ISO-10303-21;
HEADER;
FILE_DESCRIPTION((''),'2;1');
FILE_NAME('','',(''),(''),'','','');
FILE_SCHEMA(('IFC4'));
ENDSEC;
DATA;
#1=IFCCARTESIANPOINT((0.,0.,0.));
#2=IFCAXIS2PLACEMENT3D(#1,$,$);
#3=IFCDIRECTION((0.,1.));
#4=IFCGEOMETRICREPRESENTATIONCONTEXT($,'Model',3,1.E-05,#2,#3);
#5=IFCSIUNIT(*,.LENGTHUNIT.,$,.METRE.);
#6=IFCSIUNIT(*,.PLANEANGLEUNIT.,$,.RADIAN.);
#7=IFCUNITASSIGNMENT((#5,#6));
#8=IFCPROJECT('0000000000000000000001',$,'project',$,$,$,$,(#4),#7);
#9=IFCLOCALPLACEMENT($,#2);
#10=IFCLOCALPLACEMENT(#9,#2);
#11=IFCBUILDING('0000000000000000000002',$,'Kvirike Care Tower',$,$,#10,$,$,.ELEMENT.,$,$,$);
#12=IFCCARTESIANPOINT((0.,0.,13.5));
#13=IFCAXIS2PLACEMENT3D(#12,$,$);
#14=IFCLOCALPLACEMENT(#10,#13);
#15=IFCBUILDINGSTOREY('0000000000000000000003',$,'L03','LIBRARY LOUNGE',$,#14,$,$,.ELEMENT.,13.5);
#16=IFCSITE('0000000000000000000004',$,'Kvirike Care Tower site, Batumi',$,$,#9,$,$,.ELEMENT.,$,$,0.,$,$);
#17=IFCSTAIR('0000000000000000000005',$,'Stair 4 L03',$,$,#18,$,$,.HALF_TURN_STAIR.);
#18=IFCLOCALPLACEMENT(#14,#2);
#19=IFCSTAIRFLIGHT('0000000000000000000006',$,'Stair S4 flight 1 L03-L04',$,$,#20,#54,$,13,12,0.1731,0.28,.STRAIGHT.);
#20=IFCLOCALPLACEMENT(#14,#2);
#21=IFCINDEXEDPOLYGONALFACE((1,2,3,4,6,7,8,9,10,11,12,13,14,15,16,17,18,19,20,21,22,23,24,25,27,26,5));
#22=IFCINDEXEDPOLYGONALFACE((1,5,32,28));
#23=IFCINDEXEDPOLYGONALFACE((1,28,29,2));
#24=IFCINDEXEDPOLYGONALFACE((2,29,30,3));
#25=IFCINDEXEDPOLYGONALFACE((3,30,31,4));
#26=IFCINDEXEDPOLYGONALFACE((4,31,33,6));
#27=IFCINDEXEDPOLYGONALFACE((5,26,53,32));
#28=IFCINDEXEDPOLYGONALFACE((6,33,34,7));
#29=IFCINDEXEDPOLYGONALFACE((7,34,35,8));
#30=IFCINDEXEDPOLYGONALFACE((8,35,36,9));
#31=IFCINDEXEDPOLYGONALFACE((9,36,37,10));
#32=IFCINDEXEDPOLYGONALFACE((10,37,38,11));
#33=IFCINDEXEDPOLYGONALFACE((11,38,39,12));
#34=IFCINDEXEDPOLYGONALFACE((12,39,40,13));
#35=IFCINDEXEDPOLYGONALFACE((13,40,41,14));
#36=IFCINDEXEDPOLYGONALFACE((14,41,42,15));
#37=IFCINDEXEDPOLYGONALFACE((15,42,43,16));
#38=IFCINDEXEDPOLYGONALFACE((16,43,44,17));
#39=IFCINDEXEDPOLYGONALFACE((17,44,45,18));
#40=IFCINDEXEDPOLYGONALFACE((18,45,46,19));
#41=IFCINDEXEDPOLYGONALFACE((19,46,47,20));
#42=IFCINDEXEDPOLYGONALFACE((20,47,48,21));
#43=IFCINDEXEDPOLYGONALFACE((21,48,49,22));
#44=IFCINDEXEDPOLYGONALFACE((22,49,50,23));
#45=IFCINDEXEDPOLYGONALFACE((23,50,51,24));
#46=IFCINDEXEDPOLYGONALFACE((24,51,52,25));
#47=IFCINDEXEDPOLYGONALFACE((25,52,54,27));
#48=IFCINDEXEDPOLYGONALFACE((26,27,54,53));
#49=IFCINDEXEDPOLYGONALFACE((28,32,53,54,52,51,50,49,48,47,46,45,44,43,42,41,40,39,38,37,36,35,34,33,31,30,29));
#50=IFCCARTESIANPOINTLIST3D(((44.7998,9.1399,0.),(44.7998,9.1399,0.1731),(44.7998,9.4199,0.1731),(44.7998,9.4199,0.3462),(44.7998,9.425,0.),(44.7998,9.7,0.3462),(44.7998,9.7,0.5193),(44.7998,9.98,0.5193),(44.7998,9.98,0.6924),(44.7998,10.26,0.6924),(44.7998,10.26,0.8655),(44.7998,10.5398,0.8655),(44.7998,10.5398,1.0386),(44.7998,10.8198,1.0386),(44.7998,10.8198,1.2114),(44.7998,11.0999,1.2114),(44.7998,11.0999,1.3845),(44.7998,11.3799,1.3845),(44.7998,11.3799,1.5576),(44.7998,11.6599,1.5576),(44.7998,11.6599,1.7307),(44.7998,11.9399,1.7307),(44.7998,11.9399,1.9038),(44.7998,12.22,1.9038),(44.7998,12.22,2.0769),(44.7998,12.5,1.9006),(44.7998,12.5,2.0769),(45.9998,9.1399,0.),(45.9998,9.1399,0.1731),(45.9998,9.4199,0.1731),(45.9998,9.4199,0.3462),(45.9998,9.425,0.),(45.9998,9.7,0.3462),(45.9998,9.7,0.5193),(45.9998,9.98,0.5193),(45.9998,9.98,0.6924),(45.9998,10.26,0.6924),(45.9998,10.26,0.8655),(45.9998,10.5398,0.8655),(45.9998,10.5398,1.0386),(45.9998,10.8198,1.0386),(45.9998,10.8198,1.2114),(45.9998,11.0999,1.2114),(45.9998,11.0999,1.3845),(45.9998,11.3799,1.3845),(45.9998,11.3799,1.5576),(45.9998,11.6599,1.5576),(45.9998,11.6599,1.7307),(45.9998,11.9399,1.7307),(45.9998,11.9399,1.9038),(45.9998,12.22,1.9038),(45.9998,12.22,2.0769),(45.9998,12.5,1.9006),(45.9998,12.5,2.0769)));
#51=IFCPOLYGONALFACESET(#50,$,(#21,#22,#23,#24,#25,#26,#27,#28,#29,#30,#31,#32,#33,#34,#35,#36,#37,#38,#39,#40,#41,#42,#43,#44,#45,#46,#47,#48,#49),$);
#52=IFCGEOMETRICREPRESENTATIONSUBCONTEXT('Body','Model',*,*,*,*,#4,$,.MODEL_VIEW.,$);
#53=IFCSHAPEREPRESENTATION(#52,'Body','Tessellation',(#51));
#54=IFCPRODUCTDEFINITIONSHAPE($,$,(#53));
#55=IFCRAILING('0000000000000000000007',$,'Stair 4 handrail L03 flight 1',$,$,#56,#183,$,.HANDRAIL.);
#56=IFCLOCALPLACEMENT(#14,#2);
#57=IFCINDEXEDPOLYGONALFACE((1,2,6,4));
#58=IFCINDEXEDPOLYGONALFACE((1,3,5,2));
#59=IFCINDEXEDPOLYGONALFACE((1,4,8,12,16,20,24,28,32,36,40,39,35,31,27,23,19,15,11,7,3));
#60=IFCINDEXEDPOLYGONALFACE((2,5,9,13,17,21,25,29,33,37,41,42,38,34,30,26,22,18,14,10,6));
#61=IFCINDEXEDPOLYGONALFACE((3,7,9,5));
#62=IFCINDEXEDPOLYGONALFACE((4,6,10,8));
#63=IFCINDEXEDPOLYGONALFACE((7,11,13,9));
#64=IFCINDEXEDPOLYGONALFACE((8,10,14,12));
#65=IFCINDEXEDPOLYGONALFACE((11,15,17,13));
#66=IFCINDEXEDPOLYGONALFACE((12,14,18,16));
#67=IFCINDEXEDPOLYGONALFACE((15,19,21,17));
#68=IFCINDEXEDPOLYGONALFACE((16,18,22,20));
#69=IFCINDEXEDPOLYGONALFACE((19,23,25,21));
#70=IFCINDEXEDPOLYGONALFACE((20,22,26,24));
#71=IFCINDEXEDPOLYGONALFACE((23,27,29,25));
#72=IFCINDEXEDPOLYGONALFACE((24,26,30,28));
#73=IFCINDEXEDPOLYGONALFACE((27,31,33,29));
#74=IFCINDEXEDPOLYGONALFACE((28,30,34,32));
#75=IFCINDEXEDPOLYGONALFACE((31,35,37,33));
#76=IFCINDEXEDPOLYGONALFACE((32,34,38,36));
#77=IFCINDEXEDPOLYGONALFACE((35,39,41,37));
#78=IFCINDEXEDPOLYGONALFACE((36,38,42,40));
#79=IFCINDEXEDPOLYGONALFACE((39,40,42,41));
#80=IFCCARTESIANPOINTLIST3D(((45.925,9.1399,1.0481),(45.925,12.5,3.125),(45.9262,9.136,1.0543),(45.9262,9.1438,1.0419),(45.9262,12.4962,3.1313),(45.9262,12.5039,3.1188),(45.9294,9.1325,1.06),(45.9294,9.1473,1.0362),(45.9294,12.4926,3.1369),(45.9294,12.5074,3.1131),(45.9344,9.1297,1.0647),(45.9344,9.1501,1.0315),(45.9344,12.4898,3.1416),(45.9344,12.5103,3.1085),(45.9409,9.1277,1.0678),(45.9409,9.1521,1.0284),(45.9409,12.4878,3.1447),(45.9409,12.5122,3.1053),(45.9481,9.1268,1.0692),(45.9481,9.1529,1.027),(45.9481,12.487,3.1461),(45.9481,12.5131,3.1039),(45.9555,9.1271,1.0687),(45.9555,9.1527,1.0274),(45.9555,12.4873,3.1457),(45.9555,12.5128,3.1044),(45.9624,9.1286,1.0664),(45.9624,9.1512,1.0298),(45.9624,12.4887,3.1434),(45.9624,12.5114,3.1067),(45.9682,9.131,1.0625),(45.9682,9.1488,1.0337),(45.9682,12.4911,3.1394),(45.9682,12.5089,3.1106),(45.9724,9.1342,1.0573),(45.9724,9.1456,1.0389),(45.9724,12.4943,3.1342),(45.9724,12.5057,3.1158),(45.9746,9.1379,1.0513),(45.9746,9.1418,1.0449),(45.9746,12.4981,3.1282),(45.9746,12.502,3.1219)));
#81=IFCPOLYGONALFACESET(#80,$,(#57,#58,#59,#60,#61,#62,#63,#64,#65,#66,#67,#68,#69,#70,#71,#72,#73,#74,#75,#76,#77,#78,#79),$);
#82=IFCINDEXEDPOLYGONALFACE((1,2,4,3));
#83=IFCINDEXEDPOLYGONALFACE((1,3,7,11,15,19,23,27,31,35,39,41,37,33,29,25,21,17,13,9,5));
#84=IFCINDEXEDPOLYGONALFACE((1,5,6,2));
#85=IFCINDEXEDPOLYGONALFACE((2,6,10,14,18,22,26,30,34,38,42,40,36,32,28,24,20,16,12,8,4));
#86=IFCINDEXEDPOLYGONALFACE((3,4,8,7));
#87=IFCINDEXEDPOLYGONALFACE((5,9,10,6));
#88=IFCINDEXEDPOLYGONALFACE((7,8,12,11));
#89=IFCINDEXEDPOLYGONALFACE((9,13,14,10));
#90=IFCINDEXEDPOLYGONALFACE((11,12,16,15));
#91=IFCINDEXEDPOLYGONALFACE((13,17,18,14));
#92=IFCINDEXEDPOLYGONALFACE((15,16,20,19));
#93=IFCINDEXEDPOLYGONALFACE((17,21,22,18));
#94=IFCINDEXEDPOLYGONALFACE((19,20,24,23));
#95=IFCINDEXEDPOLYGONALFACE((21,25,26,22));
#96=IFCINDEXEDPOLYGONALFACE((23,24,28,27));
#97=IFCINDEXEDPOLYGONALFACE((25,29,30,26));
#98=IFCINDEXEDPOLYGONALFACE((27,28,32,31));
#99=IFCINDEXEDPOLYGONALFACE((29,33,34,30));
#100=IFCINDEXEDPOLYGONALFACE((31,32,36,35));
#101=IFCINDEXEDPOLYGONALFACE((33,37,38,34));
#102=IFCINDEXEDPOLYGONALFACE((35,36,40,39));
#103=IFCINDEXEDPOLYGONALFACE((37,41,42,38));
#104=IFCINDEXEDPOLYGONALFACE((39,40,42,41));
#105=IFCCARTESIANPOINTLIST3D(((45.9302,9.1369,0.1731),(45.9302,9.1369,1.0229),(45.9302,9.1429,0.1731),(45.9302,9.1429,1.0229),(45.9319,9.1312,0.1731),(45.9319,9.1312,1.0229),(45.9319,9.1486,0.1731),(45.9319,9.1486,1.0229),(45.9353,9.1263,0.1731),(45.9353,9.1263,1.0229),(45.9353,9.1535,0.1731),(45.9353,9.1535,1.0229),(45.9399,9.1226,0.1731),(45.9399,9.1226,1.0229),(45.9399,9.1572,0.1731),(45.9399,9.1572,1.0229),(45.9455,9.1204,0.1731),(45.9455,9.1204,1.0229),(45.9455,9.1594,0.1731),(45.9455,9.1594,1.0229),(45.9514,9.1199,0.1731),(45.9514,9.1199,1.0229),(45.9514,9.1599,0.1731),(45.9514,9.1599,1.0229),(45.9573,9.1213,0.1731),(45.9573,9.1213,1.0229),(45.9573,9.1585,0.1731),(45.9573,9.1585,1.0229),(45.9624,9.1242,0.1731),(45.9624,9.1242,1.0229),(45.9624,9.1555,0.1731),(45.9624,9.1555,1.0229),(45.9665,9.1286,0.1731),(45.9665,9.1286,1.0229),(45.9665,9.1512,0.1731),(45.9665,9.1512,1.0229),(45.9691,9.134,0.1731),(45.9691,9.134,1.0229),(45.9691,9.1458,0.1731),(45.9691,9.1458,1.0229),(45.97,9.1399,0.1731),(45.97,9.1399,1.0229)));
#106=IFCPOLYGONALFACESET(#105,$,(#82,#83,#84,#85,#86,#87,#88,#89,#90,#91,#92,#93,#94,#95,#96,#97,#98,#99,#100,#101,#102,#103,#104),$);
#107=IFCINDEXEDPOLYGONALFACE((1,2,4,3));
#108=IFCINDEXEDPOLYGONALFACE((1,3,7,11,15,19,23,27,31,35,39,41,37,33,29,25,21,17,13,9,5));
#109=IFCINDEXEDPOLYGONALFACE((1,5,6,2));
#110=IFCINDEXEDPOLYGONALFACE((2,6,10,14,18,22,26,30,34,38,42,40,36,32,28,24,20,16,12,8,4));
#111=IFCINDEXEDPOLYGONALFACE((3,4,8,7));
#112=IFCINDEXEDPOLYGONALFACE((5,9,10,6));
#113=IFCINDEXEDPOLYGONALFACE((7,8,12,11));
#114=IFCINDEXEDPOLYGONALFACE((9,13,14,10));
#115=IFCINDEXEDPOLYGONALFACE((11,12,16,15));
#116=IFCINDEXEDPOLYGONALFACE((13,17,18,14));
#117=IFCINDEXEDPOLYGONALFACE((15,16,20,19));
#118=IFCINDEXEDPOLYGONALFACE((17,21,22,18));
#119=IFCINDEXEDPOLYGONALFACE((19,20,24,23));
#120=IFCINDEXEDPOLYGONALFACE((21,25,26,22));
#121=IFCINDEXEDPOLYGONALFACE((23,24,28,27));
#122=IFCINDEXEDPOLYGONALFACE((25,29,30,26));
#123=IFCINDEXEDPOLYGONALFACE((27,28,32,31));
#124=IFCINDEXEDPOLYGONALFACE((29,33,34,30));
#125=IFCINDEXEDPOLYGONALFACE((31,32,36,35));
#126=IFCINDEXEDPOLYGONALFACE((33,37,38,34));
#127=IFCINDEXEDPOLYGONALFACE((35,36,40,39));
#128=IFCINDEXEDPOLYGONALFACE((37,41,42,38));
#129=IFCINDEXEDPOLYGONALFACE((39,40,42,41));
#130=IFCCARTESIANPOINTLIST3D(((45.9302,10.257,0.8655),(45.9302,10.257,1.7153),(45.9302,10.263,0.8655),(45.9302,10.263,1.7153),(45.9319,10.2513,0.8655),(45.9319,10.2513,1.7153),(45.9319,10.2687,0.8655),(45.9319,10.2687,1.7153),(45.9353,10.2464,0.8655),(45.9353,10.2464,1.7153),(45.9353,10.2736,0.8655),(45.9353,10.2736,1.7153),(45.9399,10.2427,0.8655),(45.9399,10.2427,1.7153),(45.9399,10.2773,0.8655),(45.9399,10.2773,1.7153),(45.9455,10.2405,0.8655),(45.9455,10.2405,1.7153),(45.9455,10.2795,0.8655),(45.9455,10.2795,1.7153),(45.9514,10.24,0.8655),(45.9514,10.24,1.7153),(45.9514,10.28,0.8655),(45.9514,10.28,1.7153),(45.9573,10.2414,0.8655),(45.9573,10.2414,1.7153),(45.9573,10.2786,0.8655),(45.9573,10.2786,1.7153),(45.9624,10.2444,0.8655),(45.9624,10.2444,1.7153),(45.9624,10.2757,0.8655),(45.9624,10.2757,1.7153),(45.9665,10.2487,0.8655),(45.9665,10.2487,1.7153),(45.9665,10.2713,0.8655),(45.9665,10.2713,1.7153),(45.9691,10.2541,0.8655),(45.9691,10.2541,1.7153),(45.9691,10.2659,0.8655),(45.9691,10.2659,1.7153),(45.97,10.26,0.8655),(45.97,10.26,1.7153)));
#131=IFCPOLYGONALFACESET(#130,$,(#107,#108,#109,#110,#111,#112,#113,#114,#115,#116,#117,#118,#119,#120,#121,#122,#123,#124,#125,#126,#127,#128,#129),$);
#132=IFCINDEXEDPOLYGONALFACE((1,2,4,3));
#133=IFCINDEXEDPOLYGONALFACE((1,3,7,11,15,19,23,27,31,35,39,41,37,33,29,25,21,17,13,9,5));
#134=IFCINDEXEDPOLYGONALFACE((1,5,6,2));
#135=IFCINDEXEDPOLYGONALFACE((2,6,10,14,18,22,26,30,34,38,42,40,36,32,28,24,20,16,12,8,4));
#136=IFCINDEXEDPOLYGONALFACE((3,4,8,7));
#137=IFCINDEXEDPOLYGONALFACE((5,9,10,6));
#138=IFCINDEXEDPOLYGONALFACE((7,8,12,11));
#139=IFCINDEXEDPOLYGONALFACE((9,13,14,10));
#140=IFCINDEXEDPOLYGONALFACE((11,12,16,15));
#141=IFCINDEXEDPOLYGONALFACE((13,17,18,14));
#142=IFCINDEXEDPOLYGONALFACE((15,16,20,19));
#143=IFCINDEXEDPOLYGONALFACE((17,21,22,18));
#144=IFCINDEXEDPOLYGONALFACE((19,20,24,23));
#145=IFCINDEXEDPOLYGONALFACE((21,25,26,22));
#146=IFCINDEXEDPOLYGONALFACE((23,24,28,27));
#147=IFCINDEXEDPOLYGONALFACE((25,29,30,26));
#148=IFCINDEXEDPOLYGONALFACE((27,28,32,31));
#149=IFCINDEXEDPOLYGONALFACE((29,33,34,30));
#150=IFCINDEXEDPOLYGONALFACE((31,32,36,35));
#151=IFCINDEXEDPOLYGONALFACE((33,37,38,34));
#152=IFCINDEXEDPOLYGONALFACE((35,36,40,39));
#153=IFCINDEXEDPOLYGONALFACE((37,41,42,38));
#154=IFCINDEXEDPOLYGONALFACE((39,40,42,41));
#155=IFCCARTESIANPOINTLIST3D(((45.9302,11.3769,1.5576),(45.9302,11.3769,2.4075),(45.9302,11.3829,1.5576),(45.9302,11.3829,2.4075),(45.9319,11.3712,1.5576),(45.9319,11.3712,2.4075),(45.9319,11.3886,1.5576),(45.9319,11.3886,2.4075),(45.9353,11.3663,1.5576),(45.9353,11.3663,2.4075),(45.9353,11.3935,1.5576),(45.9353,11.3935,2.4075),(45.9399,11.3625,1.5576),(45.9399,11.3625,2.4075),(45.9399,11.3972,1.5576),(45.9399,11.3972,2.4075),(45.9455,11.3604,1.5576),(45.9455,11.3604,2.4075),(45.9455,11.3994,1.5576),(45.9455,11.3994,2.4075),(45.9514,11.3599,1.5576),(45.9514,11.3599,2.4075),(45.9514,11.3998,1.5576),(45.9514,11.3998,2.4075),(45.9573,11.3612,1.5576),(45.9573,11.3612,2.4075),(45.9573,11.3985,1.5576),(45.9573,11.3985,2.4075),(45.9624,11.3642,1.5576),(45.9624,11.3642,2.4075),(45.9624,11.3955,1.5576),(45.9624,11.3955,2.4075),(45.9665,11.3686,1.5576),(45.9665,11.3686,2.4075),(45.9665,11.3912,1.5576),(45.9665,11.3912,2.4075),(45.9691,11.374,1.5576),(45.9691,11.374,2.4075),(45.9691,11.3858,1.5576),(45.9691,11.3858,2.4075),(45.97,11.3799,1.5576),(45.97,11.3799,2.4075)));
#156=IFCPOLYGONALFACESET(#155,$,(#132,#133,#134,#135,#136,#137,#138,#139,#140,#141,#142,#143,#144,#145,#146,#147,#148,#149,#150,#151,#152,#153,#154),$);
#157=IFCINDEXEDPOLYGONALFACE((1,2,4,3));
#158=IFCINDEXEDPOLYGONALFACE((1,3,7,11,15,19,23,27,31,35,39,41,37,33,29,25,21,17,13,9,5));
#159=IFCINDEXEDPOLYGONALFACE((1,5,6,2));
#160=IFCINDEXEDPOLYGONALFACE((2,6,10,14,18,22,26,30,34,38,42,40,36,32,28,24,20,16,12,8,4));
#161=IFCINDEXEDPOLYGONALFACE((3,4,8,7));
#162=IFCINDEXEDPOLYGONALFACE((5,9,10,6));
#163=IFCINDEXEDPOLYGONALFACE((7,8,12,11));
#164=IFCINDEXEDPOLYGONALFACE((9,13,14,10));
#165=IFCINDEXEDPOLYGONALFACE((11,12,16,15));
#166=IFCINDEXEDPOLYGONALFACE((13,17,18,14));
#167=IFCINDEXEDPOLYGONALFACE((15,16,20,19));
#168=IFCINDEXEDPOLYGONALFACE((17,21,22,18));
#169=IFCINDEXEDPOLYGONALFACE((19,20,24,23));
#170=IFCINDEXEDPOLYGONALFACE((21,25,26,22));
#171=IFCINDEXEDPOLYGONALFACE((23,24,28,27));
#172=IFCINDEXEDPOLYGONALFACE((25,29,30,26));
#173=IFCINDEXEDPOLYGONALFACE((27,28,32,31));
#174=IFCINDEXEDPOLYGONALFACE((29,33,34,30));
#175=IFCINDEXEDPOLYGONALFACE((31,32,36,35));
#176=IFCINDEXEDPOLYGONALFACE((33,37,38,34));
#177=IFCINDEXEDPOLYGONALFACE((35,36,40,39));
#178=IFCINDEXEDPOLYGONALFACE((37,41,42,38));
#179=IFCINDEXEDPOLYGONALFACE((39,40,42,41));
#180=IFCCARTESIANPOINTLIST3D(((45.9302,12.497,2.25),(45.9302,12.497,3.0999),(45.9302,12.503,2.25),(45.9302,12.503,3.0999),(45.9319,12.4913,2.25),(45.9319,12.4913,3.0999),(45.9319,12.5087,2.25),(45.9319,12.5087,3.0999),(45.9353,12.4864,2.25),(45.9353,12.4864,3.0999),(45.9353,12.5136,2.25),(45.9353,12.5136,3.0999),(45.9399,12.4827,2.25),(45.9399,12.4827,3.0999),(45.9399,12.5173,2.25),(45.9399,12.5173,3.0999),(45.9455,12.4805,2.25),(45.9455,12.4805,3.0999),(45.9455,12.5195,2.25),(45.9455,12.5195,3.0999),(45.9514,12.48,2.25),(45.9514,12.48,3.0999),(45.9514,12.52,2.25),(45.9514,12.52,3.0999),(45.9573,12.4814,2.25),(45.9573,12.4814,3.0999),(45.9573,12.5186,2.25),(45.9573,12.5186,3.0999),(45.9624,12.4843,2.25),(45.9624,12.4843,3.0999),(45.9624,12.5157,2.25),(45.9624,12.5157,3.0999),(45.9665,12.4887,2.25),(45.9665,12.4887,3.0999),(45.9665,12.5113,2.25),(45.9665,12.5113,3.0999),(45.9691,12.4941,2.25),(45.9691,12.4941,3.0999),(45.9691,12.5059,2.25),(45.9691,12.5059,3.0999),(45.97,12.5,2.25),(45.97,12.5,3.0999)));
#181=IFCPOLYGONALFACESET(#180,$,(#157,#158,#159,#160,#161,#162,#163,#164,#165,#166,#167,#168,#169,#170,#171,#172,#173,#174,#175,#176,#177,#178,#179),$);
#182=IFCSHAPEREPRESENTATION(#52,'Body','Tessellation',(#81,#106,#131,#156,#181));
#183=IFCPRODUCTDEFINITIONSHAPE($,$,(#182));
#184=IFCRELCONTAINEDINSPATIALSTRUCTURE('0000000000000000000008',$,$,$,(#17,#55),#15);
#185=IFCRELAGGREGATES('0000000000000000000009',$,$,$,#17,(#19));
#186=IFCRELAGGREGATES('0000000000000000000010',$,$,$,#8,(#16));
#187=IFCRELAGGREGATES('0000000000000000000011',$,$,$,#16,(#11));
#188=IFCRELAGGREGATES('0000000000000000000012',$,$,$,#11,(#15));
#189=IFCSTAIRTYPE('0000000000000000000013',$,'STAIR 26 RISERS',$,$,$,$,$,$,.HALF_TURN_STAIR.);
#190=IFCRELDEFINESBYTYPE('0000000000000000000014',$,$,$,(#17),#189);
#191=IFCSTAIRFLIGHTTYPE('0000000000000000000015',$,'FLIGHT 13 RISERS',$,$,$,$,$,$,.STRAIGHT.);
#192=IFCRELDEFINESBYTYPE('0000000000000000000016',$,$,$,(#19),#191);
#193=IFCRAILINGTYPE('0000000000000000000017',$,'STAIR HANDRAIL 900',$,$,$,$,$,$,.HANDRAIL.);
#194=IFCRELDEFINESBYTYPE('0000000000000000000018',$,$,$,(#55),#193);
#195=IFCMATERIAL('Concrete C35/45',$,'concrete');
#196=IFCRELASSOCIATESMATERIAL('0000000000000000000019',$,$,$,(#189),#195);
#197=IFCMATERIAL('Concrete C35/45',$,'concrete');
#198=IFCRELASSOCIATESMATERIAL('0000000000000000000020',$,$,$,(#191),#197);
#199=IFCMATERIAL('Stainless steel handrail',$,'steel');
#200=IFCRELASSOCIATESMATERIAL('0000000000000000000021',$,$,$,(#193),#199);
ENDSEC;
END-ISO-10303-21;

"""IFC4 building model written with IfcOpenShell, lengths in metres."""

from ifc_helpers import new_model, si_unit, direction, frame, origin, origin_2d, place, context, subcontext, project, spatial, polyline, circle, outline, extrude, material, type_object, element, aggregate, save


model = new_model("IFC4")

# Units and contexts
model_context = context("Model", 3, precision=1e-05, world=origin(), true_north=direction((0.0, 1.0)))
body_context = subcontext(model_context, "Body", "Model", "MODEL_VIEW")
ifc_project = project(units=[si_unit("LENGTHUNIT", "METRE"), si_unit("PLANEANGLEUNIT", "RADIAN")], contexts=[model_context])

# Site, building, storey
site_placement = place(None, origin())
site = spatial("IfcSite", under=ifc_project, at=site_placement, Name="Kvirike Care Tower site, Batumi", CompositionType="ELEMENT", RefElevation=0.0)
building_placement = place(site_placement, origin())
building = spatial("IfcBuilding", under=site, at=building_placement, Name="Kvirike Care Tower", CompositionType="ELEMENT")
storey_placement = place(building_placement, frame((0.0, 0.0, 13.5)))
storey = spatial("IfcBuildingStorey", under=building, at=storey_placement, Name="L03", Description="LIBRARY LOUNGE", CompositionType="ELEMENT", Elevation=13.5)

# Stair, stair flight
ifc_material_1 = material(Name="Concrete C35/45", Category="concrete")
stair_type = type_object("IfcStairType", Name="STAIR 26 RISERS", PredefinedType="HALF_TURN_STAIR", material=ifc_material_1)
stair_placement = place(storey_placement, origin())
stair = element("IfcStair", 1, at=stair_placement, inside=storey, type_object=stair_type, Name="Stair 4 L03", PredefinedType="HALF_TURN_STAIR")
ifc_material_2 = material(Name="Concrete C35/45", Category="concrete")
stair_flight_type = type_object("IfcStairFlightType", Name="FLIGHT 13 RISERS", PredefinedType="STRAIGHT", material=ifc_material_2)
stair_flight_placement = place(storey_placement, frame((45.3999, 9.1399, 0.0), z_axis=(0.0, 0.0, 1.0), x_axis=(0.0, 1.0, 0.0)))
stair_flight = element("IfcStairFlight", 2, at=stair_flight_placement, type_object=stair_flight_type, Name="Stair S4 flight 1 L03-L04", NumberOfRisers=13, NumberOfTreads=12, PredefinedType="STRAIGHT", RiserHeight=0.1731, TreadLength=0.28, context=body_context, shape_type="SweptSolid", body=[
    extrude(outline(polyline([(0.0, 0.0), (0.0, 0.1731), (0.28, 0.1731), (0.28, 0.3462), (0.5601, 0.3462), (0.5601, 0.5193), (0.8401, 0.5193), (0.8401, 0.6924), (1.1201, 0.6924), (1.1201, 0.8655), (1.3999, 0.8655), (1.3999, 1.0386), (1.6799, 1.0386), (1.6799, 1.2114), (1.96, 1.2114), (1.96, 1.3845), (2.24, 1.3845), (2.24, 1.5576), (2.52, 1.5576), (2.52, 1.7307), (2.8, 1.7307), (2.8, 1.9038), (3.0801, 1.9038), (3.0801, 2.0769), (3.3601, 2.0769), (3.3601, 2.25), (3.3601, 1.9006), (0.2852, 0.0), (0.0, 0.0)])), frame((0.0, 0.6001, 0.0), z_axis=(0.0, -1.0, 0.0), x_axis=(1.0, 0.0, 0.0)), (0.0, 0.0, 1.0), 1.2),
])
aggregate(stair, [stair_flight])

# Railing
ifc_material_3 = material(Name="Stainless steel handrail", Category="steel")
railing_type = type_object("IfcRailingType", Name="STAIR HANDRAIL 900", PredefinedType="HANDRAIL", material=ifc_material_3)
railing_placement = place(storey_placement, frame((45.95, 9.1399, 0.1731)))
element("IfcRailing", 3, at=railing_placement, inside=storey, type_object=railing_type, Name="Stair 4 handrail L03 flight 1", PredefinedType="HANDRAIL", context=body_context, shape_type="SweptSolid", body=[
    extrude(circle(Radius=0.0249, at=origin_2d()), frame((0.0, 0.0, 0.875), z_axis=(0.0, 0.850623, 0.525776), x_axis=(-1.0, 0.0, 0.0)), (0.0, 0.0, 1.0), 3.9502),
    extrude(circle(Radius=0.02, at=origin_2d()), origin(), (0.0, 0.0, 1.0), 0.8499),
    extrude(circle(Radius=0.02, at=origin_2d()), frame((0.0, 1.1201, 0.6924)), (0.0, 0.0, 1.0), 0.8499),
    extrude(circle(Radius=0.02, at=origin_2d()), frame((0.0, 2.24, 1.3845)), (0.0, 0.0, 1.0), 0.8499),
    extrude(circle(Radius=0.02, at=origin_2d()), frame((0.0, 3.3601, 2.0769)), (0.0, 0.0, 1.0), 0.8499),
])

save(model, "model.ifc")
